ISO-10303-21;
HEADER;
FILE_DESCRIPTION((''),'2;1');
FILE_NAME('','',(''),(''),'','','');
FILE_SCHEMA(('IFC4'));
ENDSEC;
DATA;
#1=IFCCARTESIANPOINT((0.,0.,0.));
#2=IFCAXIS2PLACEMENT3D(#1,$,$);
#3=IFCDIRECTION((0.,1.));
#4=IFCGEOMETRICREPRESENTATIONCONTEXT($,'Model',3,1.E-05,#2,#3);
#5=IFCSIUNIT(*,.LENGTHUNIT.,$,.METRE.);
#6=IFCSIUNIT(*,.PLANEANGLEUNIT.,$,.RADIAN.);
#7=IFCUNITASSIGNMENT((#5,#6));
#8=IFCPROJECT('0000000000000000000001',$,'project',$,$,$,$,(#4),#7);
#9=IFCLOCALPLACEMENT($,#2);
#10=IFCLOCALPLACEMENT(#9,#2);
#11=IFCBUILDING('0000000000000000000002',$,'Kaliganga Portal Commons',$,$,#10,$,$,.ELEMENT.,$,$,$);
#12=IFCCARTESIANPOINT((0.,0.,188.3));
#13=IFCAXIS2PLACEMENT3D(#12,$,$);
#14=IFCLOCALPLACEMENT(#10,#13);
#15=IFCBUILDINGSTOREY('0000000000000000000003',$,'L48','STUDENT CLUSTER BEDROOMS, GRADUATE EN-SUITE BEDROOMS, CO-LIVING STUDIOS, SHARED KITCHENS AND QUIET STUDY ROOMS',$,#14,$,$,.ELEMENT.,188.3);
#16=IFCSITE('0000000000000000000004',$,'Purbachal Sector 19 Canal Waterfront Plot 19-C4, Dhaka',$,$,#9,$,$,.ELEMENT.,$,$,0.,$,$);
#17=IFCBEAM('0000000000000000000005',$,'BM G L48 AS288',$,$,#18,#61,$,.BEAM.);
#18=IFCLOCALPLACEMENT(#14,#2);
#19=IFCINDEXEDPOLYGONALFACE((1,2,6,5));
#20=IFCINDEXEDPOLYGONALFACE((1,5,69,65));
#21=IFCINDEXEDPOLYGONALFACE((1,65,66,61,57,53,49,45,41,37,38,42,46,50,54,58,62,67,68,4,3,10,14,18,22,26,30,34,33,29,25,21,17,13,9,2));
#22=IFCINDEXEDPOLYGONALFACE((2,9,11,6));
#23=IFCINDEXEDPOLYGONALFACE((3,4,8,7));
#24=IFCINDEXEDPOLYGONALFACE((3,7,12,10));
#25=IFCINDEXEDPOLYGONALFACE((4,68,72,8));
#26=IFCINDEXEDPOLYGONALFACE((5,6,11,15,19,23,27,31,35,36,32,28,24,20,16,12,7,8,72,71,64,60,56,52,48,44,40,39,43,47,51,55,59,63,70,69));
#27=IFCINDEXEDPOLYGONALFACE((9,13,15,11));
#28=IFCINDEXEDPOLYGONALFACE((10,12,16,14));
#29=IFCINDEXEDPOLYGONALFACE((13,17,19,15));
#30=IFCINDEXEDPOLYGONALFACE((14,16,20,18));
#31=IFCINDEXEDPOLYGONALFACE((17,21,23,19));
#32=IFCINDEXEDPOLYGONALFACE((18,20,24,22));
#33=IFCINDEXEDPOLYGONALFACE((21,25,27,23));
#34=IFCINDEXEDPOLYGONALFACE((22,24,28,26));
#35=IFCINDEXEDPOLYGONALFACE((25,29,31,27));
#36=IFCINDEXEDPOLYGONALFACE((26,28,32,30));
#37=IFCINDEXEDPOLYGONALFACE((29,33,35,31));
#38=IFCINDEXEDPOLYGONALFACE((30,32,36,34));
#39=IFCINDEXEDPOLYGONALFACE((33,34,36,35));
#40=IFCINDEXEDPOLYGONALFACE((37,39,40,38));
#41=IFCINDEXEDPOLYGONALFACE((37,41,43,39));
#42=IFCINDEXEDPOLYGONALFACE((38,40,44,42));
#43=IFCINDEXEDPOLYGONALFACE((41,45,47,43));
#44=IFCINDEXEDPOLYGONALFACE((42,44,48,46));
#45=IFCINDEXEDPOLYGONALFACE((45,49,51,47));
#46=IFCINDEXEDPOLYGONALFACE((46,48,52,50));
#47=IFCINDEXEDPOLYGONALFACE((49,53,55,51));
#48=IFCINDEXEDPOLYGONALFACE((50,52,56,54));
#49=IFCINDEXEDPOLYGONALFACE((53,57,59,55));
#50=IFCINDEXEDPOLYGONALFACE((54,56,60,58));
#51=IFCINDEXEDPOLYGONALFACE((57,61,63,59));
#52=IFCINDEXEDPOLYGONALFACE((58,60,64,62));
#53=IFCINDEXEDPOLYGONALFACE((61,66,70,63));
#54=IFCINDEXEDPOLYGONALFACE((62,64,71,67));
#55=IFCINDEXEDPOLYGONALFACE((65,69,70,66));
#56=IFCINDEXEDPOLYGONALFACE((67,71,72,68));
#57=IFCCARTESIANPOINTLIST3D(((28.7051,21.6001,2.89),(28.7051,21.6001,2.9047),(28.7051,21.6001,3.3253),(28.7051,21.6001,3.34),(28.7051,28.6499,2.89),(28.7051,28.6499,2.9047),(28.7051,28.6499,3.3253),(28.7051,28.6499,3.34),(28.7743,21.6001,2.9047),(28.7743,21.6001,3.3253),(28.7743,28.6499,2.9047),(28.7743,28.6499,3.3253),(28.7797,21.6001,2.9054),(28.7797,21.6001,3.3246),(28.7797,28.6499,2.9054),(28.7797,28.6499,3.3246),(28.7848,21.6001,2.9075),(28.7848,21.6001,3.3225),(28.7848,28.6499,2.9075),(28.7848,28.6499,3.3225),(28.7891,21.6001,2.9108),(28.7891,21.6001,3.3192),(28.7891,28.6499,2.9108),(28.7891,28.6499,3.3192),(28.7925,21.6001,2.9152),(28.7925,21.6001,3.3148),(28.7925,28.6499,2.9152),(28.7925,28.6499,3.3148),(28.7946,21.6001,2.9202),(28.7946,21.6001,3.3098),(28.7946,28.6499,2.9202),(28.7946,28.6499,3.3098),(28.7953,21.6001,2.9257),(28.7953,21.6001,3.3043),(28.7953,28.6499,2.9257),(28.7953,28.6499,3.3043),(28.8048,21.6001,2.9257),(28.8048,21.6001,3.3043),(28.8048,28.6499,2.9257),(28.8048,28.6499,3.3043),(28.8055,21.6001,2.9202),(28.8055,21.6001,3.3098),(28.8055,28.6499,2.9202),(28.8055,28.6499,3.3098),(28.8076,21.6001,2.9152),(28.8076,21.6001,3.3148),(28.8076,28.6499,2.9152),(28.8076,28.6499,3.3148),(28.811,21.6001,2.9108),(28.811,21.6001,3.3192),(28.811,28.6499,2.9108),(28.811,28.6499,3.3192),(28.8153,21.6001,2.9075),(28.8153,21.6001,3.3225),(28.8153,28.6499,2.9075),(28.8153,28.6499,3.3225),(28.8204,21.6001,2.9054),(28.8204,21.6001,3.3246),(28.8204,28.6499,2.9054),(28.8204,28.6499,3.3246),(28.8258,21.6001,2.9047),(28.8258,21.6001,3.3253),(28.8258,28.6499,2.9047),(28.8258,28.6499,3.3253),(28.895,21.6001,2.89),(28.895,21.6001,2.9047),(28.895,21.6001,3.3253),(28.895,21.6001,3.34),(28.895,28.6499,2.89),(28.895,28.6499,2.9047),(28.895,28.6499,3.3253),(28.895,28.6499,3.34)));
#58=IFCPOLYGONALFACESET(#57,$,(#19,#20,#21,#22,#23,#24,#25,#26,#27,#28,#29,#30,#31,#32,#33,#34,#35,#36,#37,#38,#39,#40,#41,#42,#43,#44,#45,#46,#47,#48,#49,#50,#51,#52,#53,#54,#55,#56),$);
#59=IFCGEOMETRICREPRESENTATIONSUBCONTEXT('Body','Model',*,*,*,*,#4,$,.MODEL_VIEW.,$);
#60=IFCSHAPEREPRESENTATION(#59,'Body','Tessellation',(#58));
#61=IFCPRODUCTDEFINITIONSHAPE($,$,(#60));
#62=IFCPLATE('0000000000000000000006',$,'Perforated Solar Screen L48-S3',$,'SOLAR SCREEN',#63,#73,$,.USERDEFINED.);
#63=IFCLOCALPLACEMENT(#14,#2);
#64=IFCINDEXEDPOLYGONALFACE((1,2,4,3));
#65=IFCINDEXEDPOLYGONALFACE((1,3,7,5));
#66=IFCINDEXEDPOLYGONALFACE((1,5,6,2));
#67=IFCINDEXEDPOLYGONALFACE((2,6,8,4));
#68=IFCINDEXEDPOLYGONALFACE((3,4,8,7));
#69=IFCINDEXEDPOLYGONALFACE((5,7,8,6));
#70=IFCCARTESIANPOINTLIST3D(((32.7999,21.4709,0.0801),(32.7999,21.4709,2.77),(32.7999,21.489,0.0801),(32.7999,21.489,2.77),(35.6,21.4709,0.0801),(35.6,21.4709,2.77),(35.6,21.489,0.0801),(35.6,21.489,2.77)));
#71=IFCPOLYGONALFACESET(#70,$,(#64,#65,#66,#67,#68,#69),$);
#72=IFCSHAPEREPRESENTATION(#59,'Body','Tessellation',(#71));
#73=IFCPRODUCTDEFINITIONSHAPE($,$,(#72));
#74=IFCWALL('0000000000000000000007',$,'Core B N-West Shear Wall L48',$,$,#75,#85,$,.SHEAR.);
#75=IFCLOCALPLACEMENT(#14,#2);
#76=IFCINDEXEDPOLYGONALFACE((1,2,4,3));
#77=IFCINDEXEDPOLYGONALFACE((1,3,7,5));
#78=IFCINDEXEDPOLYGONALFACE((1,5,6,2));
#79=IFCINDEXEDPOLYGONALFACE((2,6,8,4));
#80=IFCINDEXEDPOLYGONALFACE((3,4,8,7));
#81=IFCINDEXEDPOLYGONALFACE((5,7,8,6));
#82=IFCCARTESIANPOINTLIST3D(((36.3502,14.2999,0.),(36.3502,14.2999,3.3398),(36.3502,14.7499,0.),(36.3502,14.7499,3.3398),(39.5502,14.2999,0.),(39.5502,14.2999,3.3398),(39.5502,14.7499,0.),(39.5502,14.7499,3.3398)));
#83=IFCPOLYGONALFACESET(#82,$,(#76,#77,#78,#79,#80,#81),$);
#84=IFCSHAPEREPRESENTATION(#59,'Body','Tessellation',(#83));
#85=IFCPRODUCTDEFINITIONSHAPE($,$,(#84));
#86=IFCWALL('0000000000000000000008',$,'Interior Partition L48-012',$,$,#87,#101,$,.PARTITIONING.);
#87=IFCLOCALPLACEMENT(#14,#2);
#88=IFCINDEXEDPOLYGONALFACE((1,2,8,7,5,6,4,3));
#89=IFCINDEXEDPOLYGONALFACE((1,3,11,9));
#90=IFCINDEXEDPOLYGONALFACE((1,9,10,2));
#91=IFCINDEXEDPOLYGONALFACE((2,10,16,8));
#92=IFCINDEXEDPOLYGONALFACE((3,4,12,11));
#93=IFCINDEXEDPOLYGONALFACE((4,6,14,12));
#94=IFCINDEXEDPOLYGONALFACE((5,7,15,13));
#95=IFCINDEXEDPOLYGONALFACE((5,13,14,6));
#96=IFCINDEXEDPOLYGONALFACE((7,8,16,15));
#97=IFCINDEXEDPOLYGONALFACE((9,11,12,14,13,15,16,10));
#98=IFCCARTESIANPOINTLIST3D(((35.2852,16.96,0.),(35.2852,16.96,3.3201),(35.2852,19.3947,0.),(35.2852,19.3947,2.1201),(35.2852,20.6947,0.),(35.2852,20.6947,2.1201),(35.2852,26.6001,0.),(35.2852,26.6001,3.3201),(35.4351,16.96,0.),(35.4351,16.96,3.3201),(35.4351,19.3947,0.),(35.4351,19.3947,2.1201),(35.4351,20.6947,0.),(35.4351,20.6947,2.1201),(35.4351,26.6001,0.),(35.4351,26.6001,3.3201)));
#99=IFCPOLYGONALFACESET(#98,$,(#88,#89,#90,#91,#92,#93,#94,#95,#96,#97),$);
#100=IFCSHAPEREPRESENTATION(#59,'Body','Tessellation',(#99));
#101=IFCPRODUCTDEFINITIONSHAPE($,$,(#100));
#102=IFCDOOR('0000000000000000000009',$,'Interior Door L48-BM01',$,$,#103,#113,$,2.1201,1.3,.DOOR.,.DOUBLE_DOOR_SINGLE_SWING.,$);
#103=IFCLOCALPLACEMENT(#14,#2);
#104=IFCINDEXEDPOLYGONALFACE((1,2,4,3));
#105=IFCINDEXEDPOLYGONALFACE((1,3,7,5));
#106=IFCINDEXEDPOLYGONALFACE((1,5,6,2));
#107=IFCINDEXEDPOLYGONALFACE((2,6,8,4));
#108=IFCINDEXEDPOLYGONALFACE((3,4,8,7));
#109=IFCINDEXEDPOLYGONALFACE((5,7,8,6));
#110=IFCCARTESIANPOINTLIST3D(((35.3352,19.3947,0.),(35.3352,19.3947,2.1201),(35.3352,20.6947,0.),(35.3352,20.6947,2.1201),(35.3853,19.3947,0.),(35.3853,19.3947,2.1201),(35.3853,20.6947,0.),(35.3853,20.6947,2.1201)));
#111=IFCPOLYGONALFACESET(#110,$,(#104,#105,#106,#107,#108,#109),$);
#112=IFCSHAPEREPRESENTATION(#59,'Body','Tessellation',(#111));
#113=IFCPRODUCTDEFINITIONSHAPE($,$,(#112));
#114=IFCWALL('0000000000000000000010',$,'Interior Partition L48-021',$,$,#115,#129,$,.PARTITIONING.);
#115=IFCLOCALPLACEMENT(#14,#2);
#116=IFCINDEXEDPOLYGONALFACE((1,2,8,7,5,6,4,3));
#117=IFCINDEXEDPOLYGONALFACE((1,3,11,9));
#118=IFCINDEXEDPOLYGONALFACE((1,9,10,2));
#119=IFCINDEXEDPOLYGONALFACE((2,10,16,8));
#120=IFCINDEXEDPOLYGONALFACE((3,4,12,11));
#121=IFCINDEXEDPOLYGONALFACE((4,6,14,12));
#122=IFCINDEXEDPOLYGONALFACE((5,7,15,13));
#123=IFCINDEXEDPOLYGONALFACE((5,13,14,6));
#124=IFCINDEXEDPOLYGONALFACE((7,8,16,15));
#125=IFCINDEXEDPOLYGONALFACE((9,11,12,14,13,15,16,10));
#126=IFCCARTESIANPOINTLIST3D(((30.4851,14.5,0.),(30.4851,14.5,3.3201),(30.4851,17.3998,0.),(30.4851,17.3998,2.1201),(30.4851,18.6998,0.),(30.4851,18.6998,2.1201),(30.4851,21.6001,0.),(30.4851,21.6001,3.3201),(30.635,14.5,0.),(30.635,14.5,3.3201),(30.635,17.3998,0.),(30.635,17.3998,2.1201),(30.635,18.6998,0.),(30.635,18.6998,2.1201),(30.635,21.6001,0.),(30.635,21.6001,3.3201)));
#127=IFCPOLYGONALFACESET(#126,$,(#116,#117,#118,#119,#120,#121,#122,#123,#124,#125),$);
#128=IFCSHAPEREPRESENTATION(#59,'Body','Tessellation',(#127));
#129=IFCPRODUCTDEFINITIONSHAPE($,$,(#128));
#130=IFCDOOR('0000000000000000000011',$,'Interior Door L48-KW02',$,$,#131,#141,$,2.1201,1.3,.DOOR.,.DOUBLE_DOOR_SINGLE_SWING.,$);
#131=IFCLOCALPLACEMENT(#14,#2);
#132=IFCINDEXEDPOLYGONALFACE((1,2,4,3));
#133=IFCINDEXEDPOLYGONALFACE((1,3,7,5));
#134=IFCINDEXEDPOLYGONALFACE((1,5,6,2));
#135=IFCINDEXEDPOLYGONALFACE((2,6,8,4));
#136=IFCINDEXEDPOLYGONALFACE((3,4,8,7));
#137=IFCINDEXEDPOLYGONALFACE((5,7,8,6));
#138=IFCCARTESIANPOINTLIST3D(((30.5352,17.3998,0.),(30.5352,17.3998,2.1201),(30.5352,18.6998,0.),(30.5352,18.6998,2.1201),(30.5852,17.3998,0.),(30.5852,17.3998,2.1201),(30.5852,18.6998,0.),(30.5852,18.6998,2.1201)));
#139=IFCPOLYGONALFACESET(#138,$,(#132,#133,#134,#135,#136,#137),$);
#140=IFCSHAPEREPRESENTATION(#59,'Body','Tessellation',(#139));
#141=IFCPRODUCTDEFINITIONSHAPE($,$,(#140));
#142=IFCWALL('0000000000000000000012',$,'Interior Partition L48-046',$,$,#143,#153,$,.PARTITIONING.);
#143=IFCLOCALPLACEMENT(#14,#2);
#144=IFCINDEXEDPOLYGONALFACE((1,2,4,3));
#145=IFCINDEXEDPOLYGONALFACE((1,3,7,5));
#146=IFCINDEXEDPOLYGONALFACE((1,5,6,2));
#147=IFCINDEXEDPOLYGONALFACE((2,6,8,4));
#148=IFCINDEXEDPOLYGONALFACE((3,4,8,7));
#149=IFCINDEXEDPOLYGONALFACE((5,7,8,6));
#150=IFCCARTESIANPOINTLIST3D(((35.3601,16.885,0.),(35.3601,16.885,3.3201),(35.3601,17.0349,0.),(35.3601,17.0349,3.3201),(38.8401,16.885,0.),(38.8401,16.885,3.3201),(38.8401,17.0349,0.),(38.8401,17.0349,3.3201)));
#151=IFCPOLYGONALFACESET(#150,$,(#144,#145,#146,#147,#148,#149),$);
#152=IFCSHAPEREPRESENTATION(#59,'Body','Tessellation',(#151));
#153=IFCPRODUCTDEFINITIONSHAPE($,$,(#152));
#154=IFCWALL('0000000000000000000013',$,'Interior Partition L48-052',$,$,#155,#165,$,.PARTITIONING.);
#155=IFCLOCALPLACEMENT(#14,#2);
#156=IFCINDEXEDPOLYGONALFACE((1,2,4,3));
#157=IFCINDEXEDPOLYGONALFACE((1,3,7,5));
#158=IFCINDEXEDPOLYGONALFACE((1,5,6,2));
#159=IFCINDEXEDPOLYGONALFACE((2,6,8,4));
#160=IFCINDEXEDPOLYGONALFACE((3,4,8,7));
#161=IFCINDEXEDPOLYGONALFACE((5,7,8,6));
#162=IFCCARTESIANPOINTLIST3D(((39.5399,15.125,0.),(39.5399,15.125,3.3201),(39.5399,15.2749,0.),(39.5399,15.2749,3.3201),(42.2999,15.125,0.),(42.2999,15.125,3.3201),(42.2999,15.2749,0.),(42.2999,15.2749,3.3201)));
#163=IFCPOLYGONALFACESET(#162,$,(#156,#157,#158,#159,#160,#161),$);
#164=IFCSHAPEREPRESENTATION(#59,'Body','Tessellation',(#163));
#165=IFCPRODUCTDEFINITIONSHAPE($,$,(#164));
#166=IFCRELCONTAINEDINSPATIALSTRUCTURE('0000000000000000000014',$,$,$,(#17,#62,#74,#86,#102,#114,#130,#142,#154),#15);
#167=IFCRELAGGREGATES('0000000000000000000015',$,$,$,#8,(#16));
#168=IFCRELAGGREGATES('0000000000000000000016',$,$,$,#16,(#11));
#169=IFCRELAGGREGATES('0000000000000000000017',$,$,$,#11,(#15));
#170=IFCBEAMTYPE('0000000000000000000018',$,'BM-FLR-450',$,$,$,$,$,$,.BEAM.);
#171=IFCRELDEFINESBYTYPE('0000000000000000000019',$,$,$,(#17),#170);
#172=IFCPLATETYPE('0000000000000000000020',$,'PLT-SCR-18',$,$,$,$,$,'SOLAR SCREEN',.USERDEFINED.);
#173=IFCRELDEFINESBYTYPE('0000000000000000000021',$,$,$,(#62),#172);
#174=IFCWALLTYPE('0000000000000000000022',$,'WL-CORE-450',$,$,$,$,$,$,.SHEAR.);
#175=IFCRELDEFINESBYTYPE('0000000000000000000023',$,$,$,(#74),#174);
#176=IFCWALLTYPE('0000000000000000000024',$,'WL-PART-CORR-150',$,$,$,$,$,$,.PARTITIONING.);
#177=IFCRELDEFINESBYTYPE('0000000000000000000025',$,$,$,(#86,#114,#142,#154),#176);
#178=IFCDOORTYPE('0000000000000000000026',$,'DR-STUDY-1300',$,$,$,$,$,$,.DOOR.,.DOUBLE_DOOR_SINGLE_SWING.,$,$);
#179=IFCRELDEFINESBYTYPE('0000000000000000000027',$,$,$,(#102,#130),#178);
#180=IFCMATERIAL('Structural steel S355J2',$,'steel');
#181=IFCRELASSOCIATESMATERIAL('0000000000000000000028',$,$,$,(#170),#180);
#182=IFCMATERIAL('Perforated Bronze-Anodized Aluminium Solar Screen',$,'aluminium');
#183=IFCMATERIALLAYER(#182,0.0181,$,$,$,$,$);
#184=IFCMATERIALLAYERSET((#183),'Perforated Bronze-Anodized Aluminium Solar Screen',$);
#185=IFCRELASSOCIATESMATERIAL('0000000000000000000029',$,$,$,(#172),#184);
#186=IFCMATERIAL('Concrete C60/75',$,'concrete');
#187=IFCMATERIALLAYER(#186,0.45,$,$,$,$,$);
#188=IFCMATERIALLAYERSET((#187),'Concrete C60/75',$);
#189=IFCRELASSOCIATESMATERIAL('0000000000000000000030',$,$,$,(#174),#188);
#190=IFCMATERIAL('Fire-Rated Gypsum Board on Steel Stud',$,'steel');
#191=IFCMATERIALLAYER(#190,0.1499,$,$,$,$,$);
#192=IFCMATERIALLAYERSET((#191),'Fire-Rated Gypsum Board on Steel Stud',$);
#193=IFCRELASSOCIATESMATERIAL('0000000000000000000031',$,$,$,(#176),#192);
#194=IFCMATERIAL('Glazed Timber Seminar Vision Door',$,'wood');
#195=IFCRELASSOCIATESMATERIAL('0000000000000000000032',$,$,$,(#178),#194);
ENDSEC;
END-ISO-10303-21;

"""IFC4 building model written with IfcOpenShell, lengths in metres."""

from ifc_helpers import new_model, si_unit, direction, frame, frame_2d, origin, origin_2d, place, context, subcontext, project, spatial, rectangle, i_section, extrude, source, transform, mapped, material, layer, layer_set, material_profile, profile_set, type_object, element, fill, save


model = new_model("IFC4")

# Units and contexts
model_context = context("Model", 3, precision=1e-05, world=origin(), true_north=direction((0.0, 1.0)))
body_context = subcontext(model_context, "Body", "Model", "MODEL_VIEW")
ifc_project = project(units=[si_unit("LENGTHUNIT", "METRE"), si_unit("PLANEANGLEUNIT", "RADIAN")], contexts=[model_context])

# Site, building, storey
site_placement = place(None, origin())
site = spatial("IfcSite", under=ifc_project, at=site_placement, Name="Purbachal Sector 19 Canal Waterfront Plot 19-C4, Dhaka", CompositionType="ELEMENT", RefElevation=0.0)
building_placement = place(site_placement, origin())
building = spatial("IfcBuilding", under=site, at=building_placement, Name="Kaliganga Portal Commons", CompositionType="ELEMENT")
storey_placement = place(building_placement, frame((0.0, 0.0, 188.3)))
storey = spatial("IfcBuildingStorey", under=building, at=storey_placement, Name="L48", Description="STUDENT CLUSTER BEDROOMS, GRADUATE EN-SUITE BEDROOMS, CO-LIVING STUDIOS, SHARED KITCHENS AND QUIET STUDY ROOMS", CompositionType="ELEMENT", Elevation=188.3)

# Shared definitions
ifc_material_1 = material(Name="Concrete C60/75", Category="concrete")

# Beam
ifc_material_2 = material(Name="Structural steel S355J2", Category="steel")
ifc_material_profile_1 = material_profile(ifc_material_2, i_section(OverallWidth=0.1899, OverallDepth=0.45, WebThickness=0.0095, FlangeThickness=0.0146, FilletRadius=0.021, at=origin_2d()), Name="IPE 450")
ifc_profile_set_1 = profile_set([ifc_material_profile_1], Name="Structural steel S355J2 wide-flange")
beam_type_1 = type_object("IfcBeamType", Name="BM-FLR-450", PredefinedType="BEAM", material=ifc_profile_set_1)
shared_shape_1 = source(origin(), body_context, "Body", "SweptSolid", [
    extrude(i_section(OverallWidth=0.1899, OverallDepth=0.45, WebThickness=0.0095, FlangeThickness=0.0146, FilletRadius=0.021, at=origin_2d()), origin(), (0.0, 0.0, 1.0), 7.0498),
])
beam_1_placement = place(storey_placement, frame((28.8, 21.6001, 3.115), z_axis=(0.0, 1.0, 0.0), x_axis=(-1.0, 0.0, 0.0)))
element("IfcBeam", 1, at=beam_1_placement, inside=storey, type_object=beam_type_1, Name="BM G L48 AS288", PredefinedType="BEAM", context=body_context, shape_type="MappedRepresentation", body=[
    mapped(shared_shape_1, transform((0.0, 0.0, 0.0), x_axis=(1.0, 0.0, 0.0), y_axis=(0.0, 1.0, 0.0), z_axis=(0.0, 0.0, 1.0), scale=1.0)),
])

# Plate
ifc_material_3 = material(Name="Perforated Bronze-Anodized Aluminium Solar Screen", Category="aluminium")
ifc_layer_1 = layer(ifc_material_3, 0.0181)
ifc_layer_set_1 = layer_set([ifc_layer_1], Name="Perforated Bronze-Anodized Aluminium Solar Screen")
plate_type = type_object("IfcPlateType", Name="PLT-SCR-18", ElementType="SOLAR SCREEN", PredefinedType="USERDEFINED", material=ifc_layer_set_1)
shared_shape_2 = source(origin(), body_context, "Body", "SweptSolid", [
    extrude(rectangle(XDim=2.8, YDim=0.0181, at=origin_2d()), origin(), (0.0, 0.0, 1.0), 2.6899),
])
plate_placement = place(storey_placement, frame((34.2, 21.48, 0.0801), z_axis=(0.0, 0.0, 1.0), x_axis=(1.0, 0.0, 0.0)))
element("IfcPlate", 2, at=plate_placement, inside=storey, type_object=plate_type, Name="Perforated Solar Screen L48-S3", ObjectType="SOLAR SCREEN", PredefinedType="USERDEFINED", context=body_context, shape_type="MappedRepresentation", body=[
    mapped(shared_shape_2, transform((0.0, 0.0, 0.0), x_axis=(1.0, 0.0, 0.0), y_axis=(0.0, 1.0, 0.0), z_axis=(0.0, 0.0, 1.0), scale=1.0)),
])

# Wall
ifc_layer_2 = layer(ifc_material_1, 0.45)
ifc_layer_set_2 = layer_set([ifc_layer_2], Name="Concrete C60/75")
wall_type_1 = type_object("IfcWallType", Name="WL-CORE-450", PredefinedType="SHEAR", material=ifc_layer_set_2)
wall_1_placement = place(storey_placement, frame((36.3501, 14.5249, 0.0), z_axis=(0.0, 0.0, 1.0), x_axis=(1.0, 0.0, 0.0)))
element("IfcWall", 3, at=wall_1_placement, inside=storey, type_object=wall_type_1, Name="Core B N-West Shear Wall L48", PredefinedType="SHEAR", context=body_context, shape_type="SweptSolid", body=[
    extrude(rectangle(XDim=3.2, YDim=0.45, at=frame_2d((1.6001, 0.0))), origin(), (0.0, 0.0, 1.0), 3.3398),
])

# Walls, openings, doors
ifc_material_4 = material(Name="Fire-Rated Gypsum Board on Steel Stud", Category="steel")
ifc_layer_3 = layer(ifc_material_4, 0.1499)
ifc_layer_set_3 = layer_set([ifc_layer_3], Name="Fire-Rated Gypsum Board on Steel Stud")
wall_type_2 = type_object("IfcWallType", Name="WL-PART-CORR-150", PredefinedType="PARTITIONING", material=ifc_layer_set_3)
wall_2_placement = place(storey_placement, frame((35.3601, 16.96, 0.0), z_axis=(0.0, 0.0, 1.0), x_axis=(0.0, 1.0, 0.0)))
wall_2 = element("IfcWall", 4, at=wall_2_placement, inside=storey, type_object=wall_type_2, Name="Interior Partition L48-012", PredefinedType="PARTITIONING", context=body_context, shape_type="SweptSolid", body=[
    extrude(rectangle(XDim=9.6401, YDim=0.1499, at=frame_2d((4.8201, 0.0))), origin(), (0.0, 0.0, 1.0), 3.3201),
])
opening_1_placement = place(wall_2_placement, frame((2.4348, 0.0, 0.0)))
opening_1 = element("IfcOpeningElement", 5, at=opening_1_placement, cuts=wall_2, PredefinedType="OPENING", context=body_context, shape_type="SweptSolid", body=[
    extrude(rectangle(XDim=1.3, YDim=2.1201, at=frame_2d((0.6499, 1.0601))), frame((0.0, 0.085, 0.0), z_axis=(0.0, -1.0, 0.0), x_axis=(1.0, 0.0, 0.0)), (0.0, 0.0, 1.0), 0.1699),
])
ifc_material_5 = material(Name="Glazed Timber Seminar Vision Door", Category="wood")
door_type_1 = type_object("IfcDoorType", Name="DR-STUDY-1300", OperationType="DOUBLE_DOOR_SINGLE_SWING", PredefinedType="DOOR", material=ifc_material_5)
door_1_placement = place(opening_1_placement, origin())
door_1 = element("IfcDoor", 6, at=door_1_placement, inside=storey, type_object=door_type_1, Name="Interior Door L48-BM01", OperationType="DOUBLE_DOOR_SINGLE_SWING", OverallHeight=2.1201, OverallWidth=1.3, PredefinedType="DOOR", context=body_context, shape_type="SweptSolid", body=[
    extrude(rectangle(XDim=1.3, YDim=2.1201, at=frame_2d((0.6499, 1.0601))), frame((0.0, 0.0249, 0.0), z_axis=(0.0, -1.0, 0.0), x_axis=(1.0, 0.0, 0.0)), (0.0, 0.0, 1.0), 0.05),
])
fill(opening_1, door_1)
wall_3_placement = place(storey_placement, frame((30.5601, 14.5, 0.0), z_axis=(0.0, 0.0, 1.0), x_axis=(0.0, 1.0, 0.0)))
wall_3 = element("IfcWall", 7, at=wall_3_placement, inside=storey, type_object=wall_type_2, Name="Interior Partition L48-021", PredefinedType="PARTITIONING", context=body_context, shape_type="SweptSolid", body=[
    extrude(rectangle(XDim=7.1001, YDim=0.1499, at=frame_2d((3.55, 0.0))), origin(), (0.0, 0.0, 1.0), 3.3201),
])
opening_2_placement = place(wall_3_placement, frame((2.8999, 0.0, 0.0)))
opening_2 = element("IfcOpeningElement", 8, at=opening_2_placement, cuts=wall_3, PredefinedType="OPENING", context=body_context, shape_type="SweptSolid", body=[
    extrude(rectangle(XDim=1.3, YDim=2.1201, at=frame_2d((0.6499, 1.0601))), frame((0.0, 0.085, 0.0), z_axis=(0.0, -1.0, 0.0), x_axis=(1.0, 0.0, 0.0)), (0.0, 0.0, 1.0), 0.1699),
])
door_2_placement = place(opening_2_placement, origin())
door_2 = element("IfcDoor", 9, at=door_2_placement, inside=storey, type_object=door_type_1, Name="Interior Door L48-KW02", OperationType="DOUBLE_DOOR_SINGLE_SWING", OverallHeight=2.1201, OverallWidth=1.3, PredefinedType="DOOR", context=body_context, shape_type="SweptSolid", body=[
    extrude(rectangle(XDim=1.3, YDim=2.1201, at=frame_2d((0.6499, 1.0601))), frame((0.0, 0.0249, 0.0), z_axis=(0.0, -1.0, 0.0), x_axis=(1.0, 0.0, 0.0)), (0.0, 0.0, 1.0), 0.05),
])
fill(opening_2, door_2)

# Wall
wall_4_placement = place(storey_placement, frame((35.3601, 16.96, 0.0), z_axis=(0.0, 0.0, 1.0), x_axis=(1.0, 0.0, 0.0)))
element("IfcWall", 10, at=wall_4_placement, inside=storey, type_object=wall_type_2, Name="Interior Partition L48-046", PredefinedType="PARTITIONING", context=body_context, shape_type="SweptSolid", body=[
    extrude(rectangle(XDim=3.48, YDim=0.1499, at=frame_2d((1.74, 0.0))), origin(), (0.0, 0.0, 1.0), 3.3201),
])

# Wall
wall_5_placement = place(storey_placement, frame((39.54, 15.2, 0.0), z_axis=(0.0, 0.0, 1.0), x_axis=(1.0, 0.0, 0.0)))
element("IfcWall", 11, at=wall_5_placement, inside=storey, type_object=wall_type_2, Name="Interior Partition L48-052", PredefinedType="PARTITIONING", context=body_context, shape_type="SweptSolid", body=[
    extrude(rectangle(XDim=2.76, YDim=0.1499, at=frame_2d((1.3799, 0.0))), origin(), (0.0, 0.0, 1.0), 3.3201),
])

save(model, "model.ifc")
